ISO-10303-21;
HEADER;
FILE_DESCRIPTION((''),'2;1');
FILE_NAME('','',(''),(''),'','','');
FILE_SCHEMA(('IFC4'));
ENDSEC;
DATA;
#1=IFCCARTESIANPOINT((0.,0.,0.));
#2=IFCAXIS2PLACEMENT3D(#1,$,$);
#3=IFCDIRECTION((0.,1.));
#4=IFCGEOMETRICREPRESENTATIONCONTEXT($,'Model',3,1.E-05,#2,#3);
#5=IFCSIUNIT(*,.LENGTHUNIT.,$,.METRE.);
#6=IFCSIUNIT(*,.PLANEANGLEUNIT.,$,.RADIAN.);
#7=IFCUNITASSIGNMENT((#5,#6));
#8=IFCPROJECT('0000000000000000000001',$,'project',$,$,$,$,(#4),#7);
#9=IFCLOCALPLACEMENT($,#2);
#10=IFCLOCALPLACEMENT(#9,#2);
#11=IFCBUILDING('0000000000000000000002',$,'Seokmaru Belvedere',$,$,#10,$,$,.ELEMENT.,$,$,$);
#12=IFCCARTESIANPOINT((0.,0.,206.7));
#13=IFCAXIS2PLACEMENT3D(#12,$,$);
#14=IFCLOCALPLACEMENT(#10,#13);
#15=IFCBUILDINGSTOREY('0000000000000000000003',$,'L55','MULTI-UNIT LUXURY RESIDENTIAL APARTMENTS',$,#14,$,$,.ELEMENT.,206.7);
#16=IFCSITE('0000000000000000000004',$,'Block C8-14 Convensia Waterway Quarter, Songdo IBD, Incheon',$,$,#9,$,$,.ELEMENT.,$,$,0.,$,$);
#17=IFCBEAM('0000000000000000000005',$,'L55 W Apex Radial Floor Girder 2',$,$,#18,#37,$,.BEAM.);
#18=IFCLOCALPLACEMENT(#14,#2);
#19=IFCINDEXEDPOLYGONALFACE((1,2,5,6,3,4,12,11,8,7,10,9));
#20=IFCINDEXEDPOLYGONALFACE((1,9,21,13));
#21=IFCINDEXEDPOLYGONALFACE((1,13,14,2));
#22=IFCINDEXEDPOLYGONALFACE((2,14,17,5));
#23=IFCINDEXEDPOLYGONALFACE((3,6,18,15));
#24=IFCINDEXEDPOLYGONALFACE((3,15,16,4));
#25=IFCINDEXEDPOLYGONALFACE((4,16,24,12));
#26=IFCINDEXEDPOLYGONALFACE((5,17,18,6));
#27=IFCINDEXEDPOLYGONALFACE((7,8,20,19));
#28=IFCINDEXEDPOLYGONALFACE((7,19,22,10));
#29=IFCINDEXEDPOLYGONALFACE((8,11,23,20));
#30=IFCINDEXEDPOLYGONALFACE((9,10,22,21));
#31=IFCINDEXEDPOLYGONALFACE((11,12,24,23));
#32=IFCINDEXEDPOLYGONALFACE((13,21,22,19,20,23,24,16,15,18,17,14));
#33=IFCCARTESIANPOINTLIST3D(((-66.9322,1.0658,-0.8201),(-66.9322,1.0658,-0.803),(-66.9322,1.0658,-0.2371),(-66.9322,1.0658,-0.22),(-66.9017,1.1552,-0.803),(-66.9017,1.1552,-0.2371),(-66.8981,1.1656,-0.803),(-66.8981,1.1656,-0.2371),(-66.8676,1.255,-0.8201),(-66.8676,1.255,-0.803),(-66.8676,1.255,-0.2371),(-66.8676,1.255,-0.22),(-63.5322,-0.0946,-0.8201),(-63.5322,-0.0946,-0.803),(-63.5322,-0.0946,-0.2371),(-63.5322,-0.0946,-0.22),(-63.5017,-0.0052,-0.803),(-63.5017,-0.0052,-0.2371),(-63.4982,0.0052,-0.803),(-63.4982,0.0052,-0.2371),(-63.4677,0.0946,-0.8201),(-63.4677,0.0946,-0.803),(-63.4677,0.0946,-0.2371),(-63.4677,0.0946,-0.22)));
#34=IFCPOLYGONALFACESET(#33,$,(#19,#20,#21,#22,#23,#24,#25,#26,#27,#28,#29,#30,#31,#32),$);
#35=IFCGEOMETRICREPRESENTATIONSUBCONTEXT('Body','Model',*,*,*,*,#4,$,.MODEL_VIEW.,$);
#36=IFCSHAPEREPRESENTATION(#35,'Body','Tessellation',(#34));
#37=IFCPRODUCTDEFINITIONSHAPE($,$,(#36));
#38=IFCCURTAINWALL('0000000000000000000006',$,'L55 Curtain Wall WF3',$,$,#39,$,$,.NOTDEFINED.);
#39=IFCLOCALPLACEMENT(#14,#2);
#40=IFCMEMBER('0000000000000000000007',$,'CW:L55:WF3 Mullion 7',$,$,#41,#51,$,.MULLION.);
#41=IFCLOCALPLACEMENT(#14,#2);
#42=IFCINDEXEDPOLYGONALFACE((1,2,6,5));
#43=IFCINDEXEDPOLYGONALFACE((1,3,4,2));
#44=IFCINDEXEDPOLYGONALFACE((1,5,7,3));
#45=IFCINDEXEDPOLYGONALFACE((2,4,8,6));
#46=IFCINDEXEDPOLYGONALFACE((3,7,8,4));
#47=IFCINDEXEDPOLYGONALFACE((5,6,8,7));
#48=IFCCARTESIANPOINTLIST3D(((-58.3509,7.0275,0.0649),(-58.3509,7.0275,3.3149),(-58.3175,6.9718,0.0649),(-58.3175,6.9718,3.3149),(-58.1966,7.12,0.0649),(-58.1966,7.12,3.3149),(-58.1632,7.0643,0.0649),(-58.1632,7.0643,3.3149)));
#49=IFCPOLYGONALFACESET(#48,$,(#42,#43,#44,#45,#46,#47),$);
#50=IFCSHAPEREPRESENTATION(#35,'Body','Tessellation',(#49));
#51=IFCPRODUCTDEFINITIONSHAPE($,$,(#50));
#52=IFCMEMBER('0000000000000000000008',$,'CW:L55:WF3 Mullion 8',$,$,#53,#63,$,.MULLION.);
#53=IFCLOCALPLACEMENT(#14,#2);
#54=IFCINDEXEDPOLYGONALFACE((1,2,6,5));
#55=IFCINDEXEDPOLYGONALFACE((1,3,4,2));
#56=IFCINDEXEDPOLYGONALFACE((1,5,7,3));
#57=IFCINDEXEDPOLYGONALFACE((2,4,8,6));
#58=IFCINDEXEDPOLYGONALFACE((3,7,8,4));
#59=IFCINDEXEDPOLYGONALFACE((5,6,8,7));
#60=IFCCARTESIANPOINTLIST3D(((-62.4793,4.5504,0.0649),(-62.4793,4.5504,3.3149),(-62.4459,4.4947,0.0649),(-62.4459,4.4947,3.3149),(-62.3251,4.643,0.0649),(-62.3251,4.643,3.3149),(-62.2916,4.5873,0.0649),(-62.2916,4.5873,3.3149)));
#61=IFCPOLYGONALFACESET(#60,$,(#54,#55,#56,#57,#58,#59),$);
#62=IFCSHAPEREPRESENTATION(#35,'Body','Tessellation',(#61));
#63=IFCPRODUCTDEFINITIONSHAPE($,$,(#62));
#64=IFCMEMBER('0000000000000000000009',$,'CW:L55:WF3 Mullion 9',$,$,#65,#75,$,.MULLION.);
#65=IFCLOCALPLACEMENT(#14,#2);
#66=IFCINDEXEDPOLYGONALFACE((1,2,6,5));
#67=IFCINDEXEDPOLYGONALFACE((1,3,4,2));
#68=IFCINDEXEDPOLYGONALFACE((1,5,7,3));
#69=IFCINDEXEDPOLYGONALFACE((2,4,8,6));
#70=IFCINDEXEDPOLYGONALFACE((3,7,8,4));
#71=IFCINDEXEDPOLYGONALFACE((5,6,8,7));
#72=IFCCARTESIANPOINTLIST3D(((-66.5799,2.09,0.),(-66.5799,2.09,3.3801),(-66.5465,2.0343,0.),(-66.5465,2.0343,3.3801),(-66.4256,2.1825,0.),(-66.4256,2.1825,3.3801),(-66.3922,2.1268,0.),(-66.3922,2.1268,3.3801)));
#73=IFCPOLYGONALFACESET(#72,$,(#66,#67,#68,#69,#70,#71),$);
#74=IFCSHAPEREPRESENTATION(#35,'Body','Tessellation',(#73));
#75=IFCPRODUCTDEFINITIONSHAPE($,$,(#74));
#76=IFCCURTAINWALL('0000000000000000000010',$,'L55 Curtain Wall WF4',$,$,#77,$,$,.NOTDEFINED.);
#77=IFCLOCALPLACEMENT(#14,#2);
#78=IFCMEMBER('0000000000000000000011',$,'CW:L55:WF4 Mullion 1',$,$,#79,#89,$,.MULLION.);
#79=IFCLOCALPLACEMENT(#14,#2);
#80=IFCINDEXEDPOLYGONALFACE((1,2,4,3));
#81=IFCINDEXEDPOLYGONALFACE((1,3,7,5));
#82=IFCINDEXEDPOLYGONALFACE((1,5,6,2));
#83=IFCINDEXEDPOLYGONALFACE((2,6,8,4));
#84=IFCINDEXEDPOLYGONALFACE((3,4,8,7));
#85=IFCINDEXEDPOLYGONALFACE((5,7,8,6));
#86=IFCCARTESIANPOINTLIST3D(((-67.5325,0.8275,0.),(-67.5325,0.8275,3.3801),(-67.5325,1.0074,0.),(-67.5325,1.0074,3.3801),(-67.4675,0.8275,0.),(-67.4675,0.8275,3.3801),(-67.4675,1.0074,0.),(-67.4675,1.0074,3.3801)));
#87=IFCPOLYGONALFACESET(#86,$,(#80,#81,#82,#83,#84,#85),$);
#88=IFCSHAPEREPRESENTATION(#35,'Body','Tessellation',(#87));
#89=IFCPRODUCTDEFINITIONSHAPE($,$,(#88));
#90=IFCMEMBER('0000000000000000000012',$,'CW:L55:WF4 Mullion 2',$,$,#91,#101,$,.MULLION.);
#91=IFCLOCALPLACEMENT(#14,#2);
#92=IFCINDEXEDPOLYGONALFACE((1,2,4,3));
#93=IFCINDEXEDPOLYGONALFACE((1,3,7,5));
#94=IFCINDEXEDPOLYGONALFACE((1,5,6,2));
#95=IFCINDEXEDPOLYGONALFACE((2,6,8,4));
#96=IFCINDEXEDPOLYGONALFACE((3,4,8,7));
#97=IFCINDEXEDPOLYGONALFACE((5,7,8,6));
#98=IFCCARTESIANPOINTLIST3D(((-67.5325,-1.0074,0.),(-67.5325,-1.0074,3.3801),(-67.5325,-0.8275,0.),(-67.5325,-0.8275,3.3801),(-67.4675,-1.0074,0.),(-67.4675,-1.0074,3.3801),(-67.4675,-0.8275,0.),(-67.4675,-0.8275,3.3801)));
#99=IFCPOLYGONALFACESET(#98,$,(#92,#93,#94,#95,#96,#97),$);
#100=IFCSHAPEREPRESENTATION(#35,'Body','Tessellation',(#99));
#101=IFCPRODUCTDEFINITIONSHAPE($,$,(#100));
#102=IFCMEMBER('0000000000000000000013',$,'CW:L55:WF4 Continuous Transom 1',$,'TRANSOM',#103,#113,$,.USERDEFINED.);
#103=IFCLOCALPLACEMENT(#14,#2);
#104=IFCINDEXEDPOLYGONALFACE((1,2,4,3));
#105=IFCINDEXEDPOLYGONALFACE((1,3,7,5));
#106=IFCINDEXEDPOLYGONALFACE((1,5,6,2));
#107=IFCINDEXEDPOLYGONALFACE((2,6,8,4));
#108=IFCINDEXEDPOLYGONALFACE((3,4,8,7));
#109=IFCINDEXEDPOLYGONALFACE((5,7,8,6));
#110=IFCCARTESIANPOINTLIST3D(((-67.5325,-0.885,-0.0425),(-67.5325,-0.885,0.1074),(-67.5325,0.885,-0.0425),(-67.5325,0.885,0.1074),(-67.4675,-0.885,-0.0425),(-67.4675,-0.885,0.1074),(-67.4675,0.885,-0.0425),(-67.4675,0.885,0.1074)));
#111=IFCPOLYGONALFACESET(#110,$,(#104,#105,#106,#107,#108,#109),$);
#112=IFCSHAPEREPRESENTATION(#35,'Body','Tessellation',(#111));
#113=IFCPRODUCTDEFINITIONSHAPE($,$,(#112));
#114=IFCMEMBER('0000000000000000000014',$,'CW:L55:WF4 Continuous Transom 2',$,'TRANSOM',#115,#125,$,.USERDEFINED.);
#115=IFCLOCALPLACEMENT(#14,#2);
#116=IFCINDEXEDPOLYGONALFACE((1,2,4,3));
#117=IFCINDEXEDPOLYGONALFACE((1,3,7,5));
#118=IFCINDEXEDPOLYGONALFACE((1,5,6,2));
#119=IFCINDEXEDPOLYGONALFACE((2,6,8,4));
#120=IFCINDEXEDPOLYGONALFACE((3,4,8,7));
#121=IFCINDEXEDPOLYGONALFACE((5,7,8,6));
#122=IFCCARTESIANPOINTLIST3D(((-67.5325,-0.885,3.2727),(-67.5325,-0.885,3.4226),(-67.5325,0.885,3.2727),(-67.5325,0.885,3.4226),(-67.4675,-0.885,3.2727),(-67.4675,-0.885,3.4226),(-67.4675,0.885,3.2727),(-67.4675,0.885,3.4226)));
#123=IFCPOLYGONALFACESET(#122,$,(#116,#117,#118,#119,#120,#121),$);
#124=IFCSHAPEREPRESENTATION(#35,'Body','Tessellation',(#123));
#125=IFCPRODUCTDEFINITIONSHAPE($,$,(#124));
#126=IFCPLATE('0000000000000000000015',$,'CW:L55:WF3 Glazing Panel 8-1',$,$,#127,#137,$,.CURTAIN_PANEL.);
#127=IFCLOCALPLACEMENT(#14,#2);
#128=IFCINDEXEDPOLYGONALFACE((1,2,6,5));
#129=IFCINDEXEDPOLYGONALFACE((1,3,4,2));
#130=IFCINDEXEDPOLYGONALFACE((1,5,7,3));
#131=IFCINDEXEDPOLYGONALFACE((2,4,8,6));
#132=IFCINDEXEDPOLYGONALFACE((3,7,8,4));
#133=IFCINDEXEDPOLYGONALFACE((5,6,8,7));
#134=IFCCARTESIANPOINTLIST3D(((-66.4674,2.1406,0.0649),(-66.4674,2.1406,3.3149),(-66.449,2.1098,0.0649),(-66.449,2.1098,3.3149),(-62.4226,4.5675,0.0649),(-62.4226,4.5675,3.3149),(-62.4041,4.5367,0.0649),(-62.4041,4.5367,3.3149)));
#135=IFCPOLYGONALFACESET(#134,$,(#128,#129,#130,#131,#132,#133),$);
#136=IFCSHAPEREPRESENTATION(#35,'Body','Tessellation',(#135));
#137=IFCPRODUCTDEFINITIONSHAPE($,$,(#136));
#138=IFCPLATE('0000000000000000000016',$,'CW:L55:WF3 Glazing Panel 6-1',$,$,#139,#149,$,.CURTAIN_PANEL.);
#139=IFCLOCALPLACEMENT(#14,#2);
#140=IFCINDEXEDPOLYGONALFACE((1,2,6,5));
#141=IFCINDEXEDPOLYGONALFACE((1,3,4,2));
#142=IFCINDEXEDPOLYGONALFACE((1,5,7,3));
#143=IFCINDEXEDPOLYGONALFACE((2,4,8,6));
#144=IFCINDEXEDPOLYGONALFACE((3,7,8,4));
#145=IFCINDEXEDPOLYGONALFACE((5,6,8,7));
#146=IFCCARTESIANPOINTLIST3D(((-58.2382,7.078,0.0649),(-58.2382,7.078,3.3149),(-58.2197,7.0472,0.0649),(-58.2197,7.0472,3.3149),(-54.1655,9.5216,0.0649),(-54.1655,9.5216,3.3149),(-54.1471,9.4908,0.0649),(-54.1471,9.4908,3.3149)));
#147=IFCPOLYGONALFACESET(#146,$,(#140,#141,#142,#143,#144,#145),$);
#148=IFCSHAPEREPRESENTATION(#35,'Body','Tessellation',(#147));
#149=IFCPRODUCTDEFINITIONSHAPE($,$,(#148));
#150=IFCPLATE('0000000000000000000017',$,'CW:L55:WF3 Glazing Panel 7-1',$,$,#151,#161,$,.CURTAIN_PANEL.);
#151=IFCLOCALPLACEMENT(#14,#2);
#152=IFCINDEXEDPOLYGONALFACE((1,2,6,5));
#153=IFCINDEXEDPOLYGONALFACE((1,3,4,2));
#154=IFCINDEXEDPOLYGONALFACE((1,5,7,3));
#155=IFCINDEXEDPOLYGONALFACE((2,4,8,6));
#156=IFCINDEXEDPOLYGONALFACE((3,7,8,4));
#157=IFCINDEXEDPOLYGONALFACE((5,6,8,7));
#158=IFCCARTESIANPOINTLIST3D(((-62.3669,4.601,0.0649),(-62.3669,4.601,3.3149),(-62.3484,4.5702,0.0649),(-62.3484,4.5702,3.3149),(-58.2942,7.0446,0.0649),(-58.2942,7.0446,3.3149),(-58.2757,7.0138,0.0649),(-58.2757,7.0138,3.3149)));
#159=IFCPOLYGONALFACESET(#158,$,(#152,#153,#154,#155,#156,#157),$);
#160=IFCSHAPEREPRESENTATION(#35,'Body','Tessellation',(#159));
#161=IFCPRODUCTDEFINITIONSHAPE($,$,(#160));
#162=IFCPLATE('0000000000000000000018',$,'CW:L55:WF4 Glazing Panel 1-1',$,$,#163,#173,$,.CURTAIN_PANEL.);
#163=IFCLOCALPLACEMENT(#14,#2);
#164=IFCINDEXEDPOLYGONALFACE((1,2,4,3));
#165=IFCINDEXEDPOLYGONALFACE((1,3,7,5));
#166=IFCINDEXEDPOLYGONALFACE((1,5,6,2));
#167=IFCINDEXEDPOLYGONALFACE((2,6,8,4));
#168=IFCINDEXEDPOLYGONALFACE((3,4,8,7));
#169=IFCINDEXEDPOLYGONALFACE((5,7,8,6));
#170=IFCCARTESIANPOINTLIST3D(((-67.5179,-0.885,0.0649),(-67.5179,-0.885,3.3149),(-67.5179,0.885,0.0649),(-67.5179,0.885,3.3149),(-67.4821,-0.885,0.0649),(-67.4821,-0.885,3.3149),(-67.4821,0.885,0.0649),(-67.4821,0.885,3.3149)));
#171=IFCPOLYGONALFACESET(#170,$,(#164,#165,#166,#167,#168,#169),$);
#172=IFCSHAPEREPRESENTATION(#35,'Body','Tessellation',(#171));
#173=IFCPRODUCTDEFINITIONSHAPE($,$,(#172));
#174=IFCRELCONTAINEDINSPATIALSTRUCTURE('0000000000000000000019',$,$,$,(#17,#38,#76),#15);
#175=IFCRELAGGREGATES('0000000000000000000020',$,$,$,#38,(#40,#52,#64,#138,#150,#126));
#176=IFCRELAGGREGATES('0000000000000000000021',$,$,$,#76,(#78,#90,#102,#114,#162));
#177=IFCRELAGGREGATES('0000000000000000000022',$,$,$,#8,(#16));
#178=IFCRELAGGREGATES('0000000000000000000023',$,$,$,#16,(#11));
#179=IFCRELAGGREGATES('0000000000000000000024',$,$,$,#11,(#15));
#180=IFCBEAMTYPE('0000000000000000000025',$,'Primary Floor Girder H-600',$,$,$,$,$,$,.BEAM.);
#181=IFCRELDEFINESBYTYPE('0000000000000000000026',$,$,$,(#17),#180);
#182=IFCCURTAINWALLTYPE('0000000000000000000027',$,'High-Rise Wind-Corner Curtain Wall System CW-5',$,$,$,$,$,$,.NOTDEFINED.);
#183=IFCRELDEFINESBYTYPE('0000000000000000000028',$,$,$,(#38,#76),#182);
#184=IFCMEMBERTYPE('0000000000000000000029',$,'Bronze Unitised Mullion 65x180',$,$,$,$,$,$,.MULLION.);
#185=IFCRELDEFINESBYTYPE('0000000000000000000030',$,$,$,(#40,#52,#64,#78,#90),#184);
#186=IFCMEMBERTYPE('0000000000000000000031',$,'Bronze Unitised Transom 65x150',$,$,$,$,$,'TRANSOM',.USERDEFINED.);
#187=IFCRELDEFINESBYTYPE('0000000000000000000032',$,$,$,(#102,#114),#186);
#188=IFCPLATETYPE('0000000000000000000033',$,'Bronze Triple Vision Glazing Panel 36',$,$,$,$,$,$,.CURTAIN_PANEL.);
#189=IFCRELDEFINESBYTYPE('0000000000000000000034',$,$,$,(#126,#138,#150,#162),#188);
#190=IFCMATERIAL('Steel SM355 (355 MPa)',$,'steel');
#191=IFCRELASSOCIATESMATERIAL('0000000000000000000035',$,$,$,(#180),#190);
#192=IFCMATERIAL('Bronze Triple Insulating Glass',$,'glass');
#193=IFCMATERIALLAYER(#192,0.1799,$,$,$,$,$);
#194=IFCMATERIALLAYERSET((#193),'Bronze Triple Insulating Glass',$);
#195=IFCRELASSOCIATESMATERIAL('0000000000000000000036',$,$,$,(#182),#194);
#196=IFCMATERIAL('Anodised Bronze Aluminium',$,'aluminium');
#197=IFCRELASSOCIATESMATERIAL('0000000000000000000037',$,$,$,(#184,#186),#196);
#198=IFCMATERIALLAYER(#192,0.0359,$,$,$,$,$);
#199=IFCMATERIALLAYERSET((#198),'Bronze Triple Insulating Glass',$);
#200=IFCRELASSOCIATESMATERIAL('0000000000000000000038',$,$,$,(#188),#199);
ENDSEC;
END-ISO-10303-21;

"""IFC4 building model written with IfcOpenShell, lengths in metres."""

from ifc_helpers import new_model, si_unit, direction, frame, origin, origin_2d, place, context, subcontext, project, spatial, rectangle, i_section, extrude, source, transform, mapped, material, layer, layer_set, material_profile, profile_set, type_object, type_shapes, element, aggregate, save


model = new_model("IFC4")

# Units and contexts
model_context = context("Model", 3, precision=1e-05, world=origin(), true_north=direction((0.0, 1.0)))
body_context = subcontext(model_context, "Body", "Model", "MODEL_VIEW")
ifc_project = project(units=[si_unit("LENGTHUNIT", "METRE"), si_unit("PLANEANGLEUNIT", "RADIAN")], contexts=[model_context])

# Site, building, storey
site_placement = place(None, origin())
site = spatial("IfcSite", under=ifc_project, at=site_placement, Name="Block C8-14 Convensia Waterway Quarter, Songdo IBD, Incheon", CompositionType="ELEMENT", RefElevation=0.0)
building_placement = place(site_placement, origin())
building = spatial("IfcBuilding", under=site, at=building_placement, Name="Seokmaru Belvedere", CompositionType="ELEMENT")
storey_placement = place(building_placement, frame((0.0, 0.0, 206.7)))
storey = spatial("IfcBuildingStorey", under=building, at=storey_placement, Name="L55", Description="MULTI-UNIT LUXURY RESIDENTIAL APARTMENTS", CompositionType="ELEMENT", Elevation=206.7)

# Shared definitions
ifc_material_1 = material(Name="Steel SM355 (355 MPa)", Category="steel")

# Beam
ifc_material_profile_1 = material_profile(ifc_material_1, i_section(OverallWidth=0.2, OverallDepth=0.6001, WebThickness=0.011, FlangeThickness=0.0171, at=origin_2d()), Name="H-600x200x11x17")
ifc_profile_set_1 = profile_set([ifc_material_profile_1], Name="Steel SM355 (355 MPa)")
beam_type_1 = type_object("IfcBeamType", Name="Primary Floor Girder H-600", PredefinedType="BEAM", material=ifc_profile_set_1)
shared_shape_1 = source(origin(), body_context, "Body", "SweptSolid", [
    extrude(i_section(OverallWidth=0.2, OverallDepth=0.6001, WebThickness=0.011, FlangeThickness=0.0171, at=origin_2d()), origin(), (0.0, 0.0, 1.0), 3.5925),
])
for number, where, z_axis, x_axis, name in (
    (1, (-66.8999, 1.1604, -0.52), (0.946396, -0.323009, 0.0), (0.323009, 0.946396, 0.0), "L55 W Apex Radial Floor Girder 2"),
):
    element("IfcBeam", number, at=place(storey_placement, frame(where, z_axis=z_axis, x_axis=x_axis)), inside=storey, type_object=beam_type_1, Name=name, PredefinedType="BEAM", context=body_context, shape_type="MappedRepresentation", body=[
        mapped(shared_shape_1, transform((0.0, 0.0, 0.0), scale=1.0)),
    ])

# Curtain walls, members
ifc_material_2 = material(Name="Bronze Triple Insulating Glass", Category="glass")
ifc_layer_1 = layer(ifc_material_2, 0.1799)
ifc_layer_set_1 = layer_set([ifc_layer_1], Name="Bronze Triple Insulating Glass")
curtain_wall_type = type_object("IfcCurtainWallType", Name="High-Rise Wind-Corner Curtain Wall System CW-5", PredefinedType="NOTDEFINED", material=ifc_layer_set_1)
curtain_wall_1_placement = place(storey_placement, origin())
curtain_wall_1 = element("IfcCurtainWall", 2, at=curtain_wall_1_placement, inside=storey, type_object=curtain_wall_type, Name="L55 Curtain Wall WF3", PredefinedType="NOTDEFINED")
ifc_material_3 = material(Name="Anodised Bronze Aluminium", Category="aluminium")
ifc_material_profile_2 = material_profile(ifc_material_3, rectangle(XDim=0.0649, YDim=0.1799, at=origin_2d()), Name="CW-M-65x180")
ifc_profile_set_2 = profile_set([ifc_material_profile_2], Name="Anodised Bronze Aluminium")
member_type_1 = type_object("IfcMemberType", Name="Bronze Unitised Mullion 65x180", PredefinedType="MULLION", material=ifc_profile_set_2)
shared_shape_2 = source(origin(), body_context, "Body", "SweptSolid", [
    extrude(rectangle(XDim=0.0649, YDim=0.1799, at=origin_2d()), origin(), (0.0, 0.0, 1.0), 3.25),
])
member_1_placement = place(storey_placement, frame((-58.2571, 7.0459, 0.0649), z_axis=(0.0, 0.0, 1.0), x_axis=(0.514495, -0.857493, 0.0)))
member_1 = element("IfcMember", 3, at=member_1_placement, type_object=member_type_1, Name="CW:L55:WF3 Mullion 7", PredefinedType="MULLION", context=body_context, shape_type="MappedRepresentation", body=[
    mapped(shared_shape_2, transform((0.0, 0.0, 0.0), scale=1.0)),
])
member_2_placement = place(storey_placement, frame((-62.3855, 4.5688, 0.0649), z_axis=(0.0, 0.0, 1.0), x_axis=(0.514495, -0.857493, 0.0)))
member_2 = element("IfcMember", 4, at=member_2_placement, type_object=member_type_1, Name="CW:L55:WF3 Mullion 8", PredefinedType="MULLION", context=body_context, shape_type="MappedRepresentation", body=[
    mapped(shared_shape_2, transform((0.0, 0.0, 0.0), scale=1.0)),
])
shared_shape_3 = source(origin(), body_context, "Body", "SweptSolid", [
    extrude(rectangle(XDim=0.0649, YDim=0.1799, at=origin_2d()), origin(), (0.0, 0.0, 1.0), 3.3801),
])
type_shapes(member_type_1, [shared_shape_2, shared_shape_3])
member_3_placement = place(storey_placement, frame((-66.4861, 2.1084, 0.0), z_axis=(0.0, 0.0, 1.0), x_axis=(0.514495, -0.857493, 0.0)))
member_3 = element("IfcMember", 5, at=member_3_placement, type_object=member_type_1, Name="CW:L55:WF3 Mullion 9", PredefinedType="MULLION", context=body_context, shape_type="MappedRepresentation", body=[
    mapped(shared_shape_3, transform((0.0, 0.0, 0.0), scale=1.0)),
])
curtain_wall_2_placement = place(storey_placement, origin())
curtain_wall_2 = element("IfcCurtainWall", 6, at=curtain_wall_2_placement, inside=storey, type_object=curtain_wall_type, Name="L55 Curtain Wall WF4", PredefinedType="NOTDEFINED")
member_4_placement = place(storey_placement, frame((-67.5, 0.9175, 0.0), z_axis=(0.0, 0.0, 1.0), x_axis=(1.0, 0.0, 0.0)))
member_4 = element("IfcMember", 7, at=member_4_placement, type_object=member_type_1, Name="CW:L55:WF4 Mullion 1", PredefinedType="MULLION", context=body_context, shape_type="MappedRepresentation", body=[
    mapped(shared_shape_3, transform((0.0, 0.0, 0.0), scale=1.0)),
])
member_5_placement = place(storey_placement, frame((-67.5, -0.9175, 0.0), z_axis=(0.0, 0.0, 1.0), x_axis=(1.0, 0.0, 0.0)))
member_5 = element("IfcMember", 8, at=member_5_placement, type_object=member_type_1, Name="CW:L55:WF4 Mullion 2", PredefinedType="MULLION", context=body_context, shape_type="MappedRepresentation", body=[
    mapped(shared_shape_3, transform((0.0, 0.0, 0.0), scale=1.0)),
])
ifc_material_profile_3 = material_profile(ifc_material_3, rectangle(XDim=0.0649, YDim=0.1499, at=origin_2d()), Name="CW-T-65x150")
ifc_profile_set_3 = profile_set([ifc_material_profile_3], Name="Anodised Bronze Aluminium")
member_type_2 = type_object("IfcMemberType", Name="Bronze Unitised Transom 65x150", ElementType="TRANSOM", PredefinedType="USERDEFINED", material=ifc_profile_set_3)
shared_shape_4 = source(origin(), body_context, "Body", "SweptSolid", [
    extrude(rectangle(XDim=0.0649, YDim=0.1499, at=origin_2d()), origin(), (0.0, 0.0, 1.0), 1.77),
])
type_shapes(member_type_2, [shared_shape_4])
member_6_placement = place(storey_placement, frame((-67.5, 0.885, 0.0325), z_axis=(0.0, -1.0, 0.0), x_axis=(1.0, 0.0, 0.0)))
member_6 = element("IfcMember", 9, at=member_6_placement, type_object=member_type_2, Name="CW:L55:WF4 Continuous Transom 1", ObjectType="TRANSOM", PredefinedType="USERDEFINED", context=body_context, shape_type="MappedRepresentation", body=[
    mapped(shared_shape_4, transform((0.0, 0.0, 0.0), scale=1.0)),
])
member_7_placement = place(storey_placement, frame((-67.5, 0.885, 3.3477), z_axis=(0.0, -1.0, 0.0), x_axis=(1.0, 0.0, 0.0)))
member_7 = element("IfcMember", 10, at=member_7_placement, type_object=member_type_2, Name="CW:L55:WF4 Continuous Transom 2", ObjectType="TRANSOM", PredefinedType="USERDEFINED", context=body_context, shape_type="MappedRepresentation", body=[
    mapped(shared_shape_4, transform((0.0, 0.0, 0.0), scale=1.0)),
])

# Plates
ifc_layer_2 = layer(ifc_material_2, 0.0359)
ifc_layer_set_2 = layer_set([ifc_layer_2], Name="Bronze Triple Insulating Glass")
plate_type = type_object("IfcPlateType", Name="Bronze Triple Vision Glazing Panel 36", PredefinedType="CURTAIN_PANEL", material=ifc_layer_set_2)
shared_shape_5 = source(origin(), body_context, "Body", "SweptSolid", [
    extrude(rectangle(XDim=4.717, YDim=0.0359, at=origin_2d()), origin(), (0.0, 0.0, 1.0), 3.25),
])
plate_1_placement = place(storey_placement, frame((-64.4358, 3.3386, 0.0649), z_axis=(0.0, 0.0, 1.0), x_axis=(-0.857493, -0.514495, 0.0)))
plate_1 = element("IfcPlate", 11, at=plate_1_placement, type_object=plate_type, Name="CW:L55:WF3 Glazing Panel 8-1", PredefinedType="CURTAIN_PANEL", context=body_context, shape_type="MappedRepresentation", body=[
    mapped(shared_shape_5, transform((0.0, 0.0, 0.0), scale=1.0)),
])
shared_shape_6 = source(origin(), body_context, "Body", "SweptSolid", [
    extrude(rectangle(XDim=4.7495, YDim=0.0359, at=origin_2d()), origin(), (0.0, 0.0, 1.0), 3.25),
])
plate_2_placement = place(storey_placement, frame((-56.1926, 8.2844, 0.0649), z_axis=(0.0, 0.0, 1.0), x_axis=(-0.857493, -0.514495, 0.0)))
plate_2 = element("IfcPlate", 12, at=plate_2_placement, type_object=plate_type, Name="CW:L55:WF3 Glazing Panel 6-1", PredefinedType="CURTAIN_PANEL", context=body_context, shape_type="MappedRepresentation", body=[
    mapped(shared_shape_6, transform((0.0, 0.0, 0.0), scale=1.0)),
])
plate_3_placement = place(storey_placement, frame((-60.3213, 5.8074, 0.0649), z_axis=(0.0, 0.0, 1.0), x_axis=(-0.857493, -0.514495, 0.0)))
plate_3 = element("IfcPlate", 13, at=plate_3_placement, type_object=plate_type, Name="CW:L55:WF3 Glazing Panel 7-1", PredefinedType="CURTAIN_PANEL", context=body_context, shape_type="MappedRepresentation", body=[
    mapped(shared_shape_6, transform((0.0, 0.0, 0.0), scale=1.0)),
])
aggregate(curtain_wall_1, [member_1, member_2, member_3, plate_2, plate_3, plate_1])
shared_shape_7 = source(origin(), body_context, "Body", "SweptSolid", [
    extrude(rectangle(XDim=1.77, YDim=0.0359, at=origin_2d()), origin(), (0.0, 0.0, 1.0), 3.25),
])
type_shapes(plate_type, [shared_shape_5, shared_shape_6, shared_shape_7])
plate_4_placement = place(storey_placement, frame((-67.5, 0.0, 0.0649), z_axis=(0.0, 0.0, 1.0), x_axis=(0.0, -1.0, 0.0)))
plate_4 = element("IfcPlate", 14, at=plate_4_placement, type_object=plate_type, Name="CW:L55:WF4 Glazing Panel 1-1", PredefinedType="CURTAIN_PANEL", context=body_context, shape_type="MappedRepresentation", body=[
    mapped(shared_shape_7, transform((0.0, 0.0, 0.0), scale=1.0)),
])
aggregate(curtain_wall_2, [member_4, member_5, member_6, member_7, plate_4])

save(model, "model.ifc")
